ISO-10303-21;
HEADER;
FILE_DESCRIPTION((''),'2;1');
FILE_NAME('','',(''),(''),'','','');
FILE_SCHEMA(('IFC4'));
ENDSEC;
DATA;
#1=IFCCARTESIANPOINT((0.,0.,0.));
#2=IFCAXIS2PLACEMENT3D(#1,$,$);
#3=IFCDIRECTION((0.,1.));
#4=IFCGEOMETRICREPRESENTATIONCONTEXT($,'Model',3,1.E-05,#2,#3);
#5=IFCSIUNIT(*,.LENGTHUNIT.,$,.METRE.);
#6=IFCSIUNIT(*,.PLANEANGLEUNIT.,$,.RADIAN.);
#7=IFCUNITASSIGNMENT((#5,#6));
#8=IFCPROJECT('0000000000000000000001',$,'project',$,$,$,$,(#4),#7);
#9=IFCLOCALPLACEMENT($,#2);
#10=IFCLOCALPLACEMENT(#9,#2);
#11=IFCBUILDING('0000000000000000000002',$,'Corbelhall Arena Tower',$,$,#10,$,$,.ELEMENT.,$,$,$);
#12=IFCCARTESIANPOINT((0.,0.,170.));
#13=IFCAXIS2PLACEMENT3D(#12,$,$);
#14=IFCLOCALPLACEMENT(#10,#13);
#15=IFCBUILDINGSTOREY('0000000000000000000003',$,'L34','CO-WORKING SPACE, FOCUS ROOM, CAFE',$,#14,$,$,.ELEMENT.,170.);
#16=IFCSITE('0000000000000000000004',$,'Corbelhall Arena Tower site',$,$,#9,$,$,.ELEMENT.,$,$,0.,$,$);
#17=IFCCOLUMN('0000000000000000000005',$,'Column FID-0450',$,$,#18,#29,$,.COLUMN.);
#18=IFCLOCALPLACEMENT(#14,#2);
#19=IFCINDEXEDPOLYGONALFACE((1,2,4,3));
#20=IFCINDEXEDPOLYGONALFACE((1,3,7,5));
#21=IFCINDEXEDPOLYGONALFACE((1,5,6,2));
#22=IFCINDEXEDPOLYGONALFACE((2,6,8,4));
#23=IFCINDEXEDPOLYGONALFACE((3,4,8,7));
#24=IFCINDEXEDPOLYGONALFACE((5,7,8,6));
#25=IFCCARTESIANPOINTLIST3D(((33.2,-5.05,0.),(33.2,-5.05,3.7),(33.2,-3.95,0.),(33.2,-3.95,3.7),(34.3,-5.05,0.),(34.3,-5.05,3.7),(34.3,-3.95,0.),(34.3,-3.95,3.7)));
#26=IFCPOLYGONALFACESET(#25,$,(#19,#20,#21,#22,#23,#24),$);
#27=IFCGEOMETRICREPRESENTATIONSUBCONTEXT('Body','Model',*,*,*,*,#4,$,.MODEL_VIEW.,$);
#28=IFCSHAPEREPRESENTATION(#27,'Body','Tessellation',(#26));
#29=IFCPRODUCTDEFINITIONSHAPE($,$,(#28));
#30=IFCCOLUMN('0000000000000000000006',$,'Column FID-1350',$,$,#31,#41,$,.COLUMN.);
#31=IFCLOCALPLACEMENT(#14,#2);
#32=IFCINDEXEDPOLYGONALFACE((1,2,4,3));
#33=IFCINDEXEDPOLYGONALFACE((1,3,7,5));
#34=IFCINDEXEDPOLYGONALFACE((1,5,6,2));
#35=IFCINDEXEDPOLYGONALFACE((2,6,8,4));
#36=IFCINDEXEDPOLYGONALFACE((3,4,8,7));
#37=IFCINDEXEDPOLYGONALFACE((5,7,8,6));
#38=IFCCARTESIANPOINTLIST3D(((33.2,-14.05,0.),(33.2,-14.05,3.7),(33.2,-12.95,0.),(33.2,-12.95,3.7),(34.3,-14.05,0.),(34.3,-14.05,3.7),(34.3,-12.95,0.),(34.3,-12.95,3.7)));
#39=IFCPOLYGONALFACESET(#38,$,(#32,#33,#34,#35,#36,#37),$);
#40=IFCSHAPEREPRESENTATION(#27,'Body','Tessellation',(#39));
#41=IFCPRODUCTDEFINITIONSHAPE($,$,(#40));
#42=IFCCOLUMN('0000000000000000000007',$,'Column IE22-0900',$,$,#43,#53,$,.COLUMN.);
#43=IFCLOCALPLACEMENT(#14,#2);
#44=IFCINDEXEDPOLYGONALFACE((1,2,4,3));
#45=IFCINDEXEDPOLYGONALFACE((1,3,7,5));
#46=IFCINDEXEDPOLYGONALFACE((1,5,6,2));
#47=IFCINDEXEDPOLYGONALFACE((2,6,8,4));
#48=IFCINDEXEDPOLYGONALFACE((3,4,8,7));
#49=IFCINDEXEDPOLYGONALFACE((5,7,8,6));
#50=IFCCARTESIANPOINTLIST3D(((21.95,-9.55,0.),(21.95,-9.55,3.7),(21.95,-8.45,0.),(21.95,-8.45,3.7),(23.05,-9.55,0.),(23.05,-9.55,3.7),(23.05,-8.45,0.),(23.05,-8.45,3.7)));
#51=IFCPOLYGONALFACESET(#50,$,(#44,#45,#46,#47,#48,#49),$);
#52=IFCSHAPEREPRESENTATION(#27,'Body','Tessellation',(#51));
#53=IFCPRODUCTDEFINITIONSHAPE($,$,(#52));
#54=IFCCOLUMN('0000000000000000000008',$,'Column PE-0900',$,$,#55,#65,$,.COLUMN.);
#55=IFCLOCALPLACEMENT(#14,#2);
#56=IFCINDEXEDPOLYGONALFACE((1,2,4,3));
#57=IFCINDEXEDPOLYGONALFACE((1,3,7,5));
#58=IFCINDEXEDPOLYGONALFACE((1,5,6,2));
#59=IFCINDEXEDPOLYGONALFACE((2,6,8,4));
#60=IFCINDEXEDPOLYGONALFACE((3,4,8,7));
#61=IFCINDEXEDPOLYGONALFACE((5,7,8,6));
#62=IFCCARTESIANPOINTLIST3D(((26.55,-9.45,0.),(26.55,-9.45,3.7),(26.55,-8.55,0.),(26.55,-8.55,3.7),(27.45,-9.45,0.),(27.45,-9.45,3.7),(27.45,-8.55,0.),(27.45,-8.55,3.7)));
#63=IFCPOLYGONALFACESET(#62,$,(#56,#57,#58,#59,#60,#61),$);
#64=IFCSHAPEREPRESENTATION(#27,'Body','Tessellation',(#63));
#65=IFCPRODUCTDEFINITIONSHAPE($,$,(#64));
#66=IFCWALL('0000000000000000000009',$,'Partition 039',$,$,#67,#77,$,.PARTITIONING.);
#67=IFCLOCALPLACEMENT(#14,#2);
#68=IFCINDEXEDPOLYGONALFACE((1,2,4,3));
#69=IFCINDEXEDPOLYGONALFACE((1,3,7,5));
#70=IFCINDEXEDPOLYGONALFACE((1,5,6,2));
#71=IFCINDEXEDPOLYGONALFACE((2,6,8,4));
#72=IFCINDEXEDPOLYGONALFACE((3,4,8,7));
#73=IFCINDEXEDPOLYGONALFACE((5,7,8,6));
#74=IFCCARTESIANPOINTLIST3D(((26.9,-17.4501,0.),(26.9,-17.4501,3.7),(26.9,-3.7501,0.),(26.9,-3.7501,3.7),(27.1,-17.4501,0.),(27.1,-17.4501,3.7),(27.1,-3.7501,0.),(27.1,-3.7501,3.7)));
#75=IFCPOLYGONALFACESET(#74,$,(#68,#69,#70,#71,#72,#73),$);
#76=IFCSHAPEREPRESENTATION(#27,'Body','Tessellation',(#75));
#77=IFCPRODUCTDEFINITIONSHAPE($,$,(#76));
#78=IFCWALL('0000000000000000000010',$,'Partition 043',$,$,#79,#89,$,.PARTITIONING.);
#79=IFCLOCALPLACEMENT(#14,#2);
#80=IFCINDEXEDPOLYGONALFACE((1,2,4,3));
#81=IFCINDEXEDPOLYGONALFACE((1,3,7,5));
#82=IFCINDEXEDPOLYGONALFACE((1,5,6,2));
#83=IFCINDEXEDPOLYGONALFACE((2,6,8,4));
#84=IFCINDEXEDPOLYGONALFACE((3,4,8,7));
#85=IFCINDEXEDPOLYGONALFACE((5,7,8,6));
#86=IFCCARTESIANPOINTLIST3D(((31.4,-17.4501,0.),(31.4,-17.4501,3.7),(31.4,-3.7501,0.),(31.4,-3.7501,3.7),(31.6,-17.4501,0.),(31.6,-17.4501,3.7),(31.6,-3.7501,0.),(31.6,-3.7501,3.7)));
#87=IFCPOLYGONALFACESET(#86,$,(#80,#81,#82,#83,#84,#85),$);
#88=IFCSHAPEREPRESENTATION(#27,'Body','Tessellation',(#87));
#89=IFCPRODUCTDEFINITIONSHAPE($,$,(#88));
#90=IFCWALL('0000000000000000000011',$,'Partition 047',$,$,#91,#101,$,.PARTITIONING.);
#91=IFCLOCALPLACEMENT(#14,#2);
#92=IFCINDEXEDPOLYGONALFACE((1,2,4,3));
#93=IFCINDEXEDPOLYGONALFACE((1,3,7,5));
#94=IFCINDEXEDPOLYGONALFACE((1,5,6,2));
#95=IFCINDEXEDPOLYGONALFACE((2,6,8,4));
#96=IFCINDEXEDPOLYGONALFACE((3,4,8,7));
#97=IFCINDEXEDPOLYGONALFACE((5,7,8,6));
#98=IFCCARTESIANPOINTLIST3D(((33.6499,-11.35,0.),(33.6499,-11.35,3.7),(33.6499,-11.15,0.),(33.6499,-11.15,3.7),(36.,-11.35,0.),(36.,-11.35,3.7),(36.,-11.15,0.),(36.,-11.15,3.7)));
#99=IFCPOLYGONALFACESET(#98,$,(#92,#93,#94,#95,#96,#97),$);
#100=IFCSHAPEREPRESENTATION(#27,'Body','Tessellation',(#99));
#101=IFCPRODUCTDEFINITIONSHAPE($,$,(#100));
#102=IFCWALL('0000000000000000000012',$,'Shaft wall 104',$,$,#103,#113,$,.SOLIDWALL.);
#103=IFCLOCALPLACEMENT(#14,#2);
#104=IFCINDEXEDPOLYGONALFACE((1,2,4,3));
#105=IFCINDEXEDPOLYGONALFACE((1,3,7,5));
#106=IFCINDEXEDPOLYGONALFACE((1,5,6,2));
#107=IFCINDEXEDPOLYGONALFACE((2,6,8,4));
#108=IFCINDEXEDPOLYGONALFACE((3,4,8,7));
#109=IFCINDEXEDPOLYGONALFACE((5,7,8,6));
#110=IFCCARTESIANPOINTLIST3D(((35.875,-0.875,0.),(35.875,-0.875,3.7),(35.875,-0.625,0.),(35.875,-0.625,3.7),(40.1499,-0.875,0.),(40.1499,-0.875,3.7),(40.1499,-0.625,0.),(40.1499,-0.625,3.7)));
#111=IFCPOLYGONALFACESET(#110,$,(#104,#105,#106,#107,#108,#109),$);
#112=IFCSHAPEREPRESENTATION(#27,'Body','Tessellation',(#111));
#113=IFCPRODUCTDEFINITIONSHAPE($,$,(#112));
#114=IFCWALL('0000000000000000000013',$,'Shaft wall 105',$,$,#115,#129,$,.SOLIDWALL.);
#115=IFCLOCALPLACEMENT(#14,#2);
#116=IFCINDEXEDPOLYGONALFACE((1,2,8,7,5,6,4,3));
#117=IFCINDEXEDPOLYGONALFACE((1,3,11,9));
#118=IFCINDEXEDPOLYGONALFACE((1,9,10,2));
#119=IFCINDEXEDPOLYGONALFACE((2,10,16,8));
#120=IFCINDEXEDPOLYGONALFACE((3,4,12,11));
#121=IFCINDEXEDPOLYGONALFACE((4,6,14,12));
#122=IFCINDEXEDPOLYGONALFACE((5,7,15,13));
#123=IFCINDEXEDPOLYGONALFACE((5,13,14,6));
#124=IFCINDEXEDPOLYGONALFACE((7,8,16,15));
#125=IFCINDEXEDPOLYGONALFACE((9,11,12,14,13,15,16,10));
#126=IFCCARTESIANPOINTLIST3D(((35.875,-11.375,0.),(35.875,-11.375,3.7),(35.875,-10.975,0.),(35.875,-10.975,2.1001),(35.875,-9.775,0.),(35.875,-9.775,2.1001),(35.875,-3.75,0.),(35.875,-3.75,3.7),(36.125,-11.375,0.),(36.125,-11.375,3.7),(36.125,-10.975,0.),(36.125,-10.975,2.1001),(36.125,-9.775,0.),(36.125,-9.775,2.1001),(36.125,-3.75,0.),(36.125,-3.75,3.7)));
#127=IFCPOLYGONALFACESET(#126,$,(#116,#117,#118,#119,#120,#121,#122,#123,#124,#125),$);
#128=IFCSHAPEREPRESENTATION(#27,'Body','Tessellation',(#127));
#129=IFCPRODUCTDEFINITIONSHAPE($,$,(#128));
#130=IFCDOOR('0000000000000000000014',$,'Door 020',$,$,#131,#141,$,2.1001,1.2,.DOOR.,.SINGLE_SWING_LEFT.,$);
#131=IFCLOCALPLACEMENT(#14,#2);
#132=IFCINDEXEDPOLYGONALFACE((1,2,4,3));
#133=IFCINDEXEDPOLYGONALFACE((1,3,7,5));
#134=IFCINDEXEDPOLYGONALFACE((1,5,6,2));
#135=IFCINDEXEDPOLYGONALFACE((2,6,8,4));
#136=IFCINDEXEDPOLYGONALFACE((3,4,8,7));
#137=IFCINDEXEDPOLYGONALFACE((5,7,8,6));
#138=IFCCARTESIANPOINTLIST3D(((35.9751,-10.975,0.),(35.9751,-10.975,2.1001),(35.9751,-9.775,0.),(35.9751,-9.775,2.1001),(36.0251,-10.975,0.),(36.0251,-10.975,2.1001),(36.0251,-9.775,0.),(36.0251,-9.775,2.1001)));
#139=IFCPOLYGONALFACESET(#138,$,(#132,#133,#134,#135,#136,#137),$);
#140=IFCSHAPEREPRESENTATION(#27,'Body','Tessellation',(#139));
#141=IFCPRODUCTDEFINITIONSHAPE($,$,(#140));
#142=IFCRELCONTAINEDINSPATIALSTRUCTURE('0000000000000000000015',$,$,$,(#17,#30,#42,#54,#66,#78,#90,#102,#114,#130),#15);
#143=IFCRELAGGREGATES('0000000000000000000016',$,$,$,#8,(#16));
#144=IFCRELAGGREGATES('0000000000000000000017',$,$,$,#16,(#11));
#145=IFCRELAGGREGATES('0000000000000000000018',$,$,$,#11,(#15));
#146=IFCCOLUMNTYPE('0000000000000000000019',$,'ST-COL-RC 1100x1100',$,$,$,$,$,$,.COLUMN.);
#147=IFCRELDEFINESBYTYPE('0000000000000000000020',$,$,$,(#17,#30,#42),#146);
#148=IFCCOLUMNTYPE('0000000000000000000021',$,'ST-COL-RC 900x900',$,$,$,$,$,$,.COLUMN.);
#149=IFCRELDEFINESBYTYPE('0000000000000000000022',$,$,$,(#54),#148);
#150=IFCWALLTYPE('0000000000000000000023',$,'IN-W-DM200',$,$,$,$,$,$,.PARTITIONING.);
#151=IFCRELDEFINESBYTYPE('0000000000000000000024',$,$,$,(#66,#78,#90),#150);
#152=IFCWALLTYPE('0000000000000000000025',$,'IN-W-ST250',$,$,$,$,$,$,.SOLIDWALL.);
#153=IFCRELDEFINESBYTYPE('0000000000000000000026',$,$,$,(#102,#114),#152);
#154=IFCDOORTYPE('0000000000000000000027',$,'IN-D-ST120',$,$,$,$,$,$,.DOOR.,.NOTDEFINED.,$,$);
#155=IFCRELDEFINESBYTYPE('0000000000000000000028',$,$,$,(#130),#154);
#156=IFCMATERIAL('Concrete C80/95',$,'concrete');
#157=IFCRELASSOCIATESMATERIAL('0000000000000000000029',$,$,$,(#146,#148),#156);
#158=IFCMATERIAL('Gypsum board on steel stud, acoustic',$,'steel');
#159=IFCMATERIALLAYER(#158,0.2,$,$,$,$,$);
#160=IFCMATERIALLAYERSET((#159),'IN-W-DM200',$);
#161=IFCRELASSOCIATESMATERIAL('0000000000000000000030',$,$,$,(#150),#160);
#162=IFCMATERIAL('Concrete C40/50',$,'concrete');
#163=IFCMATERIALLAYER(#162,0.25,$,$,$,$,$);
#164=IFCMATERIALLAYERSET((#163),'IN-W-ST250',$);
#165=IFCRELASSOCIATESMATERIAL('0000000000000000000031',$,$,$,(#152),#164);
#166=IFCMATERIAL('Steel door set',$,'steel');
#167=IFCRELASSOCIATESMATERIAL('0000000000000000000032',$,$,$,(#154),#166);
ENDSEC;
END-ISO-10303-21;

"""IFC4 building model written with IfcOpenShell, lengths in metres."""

from ifc_helpers import new_model, si_unit, direction, frame, frame_2d, origin, origin_2d, place, context, subcontext, project, spatial, rectangle, extrude, material, layer, layer_set, material_profile, profile_set, type_object, element, fill, save


model = new_model("IFC4")

# Units and contexts
model_context = context("Model", 3, precision=1e-05, world=origin(), true_north=direction((0.0, 1.0)))
body_context = subcontext(model_context, "Body", "Model", "MODEL_VIEW")
ifc_project = project(units=[si_unit("LENGTHUNIT", "METRE"), si_unit("PLANEANGLEUNIT", "RADIAN")], contexts=[model_context])

# Site, building, storey
site_placement = place(None, origin())
site = spatial("IfcSite", under=ifc_project, at=site_placement, Name="Corbelhall Arena Tower site", CompositionType="ELEMENT", RefElevation=0.0)
building_placement = place(site_placement, origin())
building = spatial("IfcBuilding", under=site, at=building_placement, Name="Corbelhall Arena Tower", CompositionType="ELEMENT")
storey_placement = place(building_placement, frame((0.0, 0.0, 170.0)))
storey = spatial("IfcBuildingStorey", under=building, at=storey_placement, Name="L34", Description="CO-WORKING SPACE, FOCUS ROOM, CAFE", CompositionType="ELEMENT", Elevation=170.0)

# Columns
ifc_material_1 = material(Name="Concrete C80/95", Category="concrete")
ifc_material_profile_1 = material_profile(ifc_material_1, rectangle(XDim=1.1001, YDim=1.1001, at=origin_2d()))
ifc_profile_set_1 = profile_set([ifc_material_profile_1], Name="Concrete C80/95")
column_type_1 = type_object("IfcColumnType", Name="ST-COL-RC 1100x1100", PredefinedType="COLUMN", material=ifc_profile_set_1)
for number, where, z_axis, x_axis, name in (
    (1, (33.75, -4.5, 0.0), (0.0, 0.0, 1.0), (1.0, 0.0, 0.0), "Column FID-0450"),
    (2, (33.75, -13.5, 0.0), (0.0, 0.0, 1.0), (1.0, 0.0, 0.0), "Column FID-1350"),
    (3, (22.5, -9.0, 0.0), (0.0, 0.0, 1.0), (1.0, 0.0, 0.0), "Column IE22-0900"),
):
    element("IfcColumn", number, at=place(storey_placement, frame(where, z_axis=z_axis, x_axis=x_axis)), inside=storey, type_object=column_type_1, Name=name, PredefinedType="COLUMN", context=body_context, shape_type="SweptSolid", body=[
        extrude(rectangle(XDim=1.1001, YDim=1.1001, at=origin_2d()), origin(), (0.0, 0.0, 1.0), 3.7),
    ])
ifc_material_profile_2 = material_profile(ifc_material_1, rectangle(XDim=0.8999, YDim=0.8999, at=origin_2d()))
ifc_profile_set_2 = profile_set([ifc_material_profile_2], Name="Concrete C80/95")
column_type_2 = type_object("IfcColumnType", Name="ST-COL-RC 900x900", PredefinedType="COLUMN", material=ifc_profile_set_2)
column_placement = place(storey_placement, frame((27.0, -9.0, 0.0), z_axis=(0.0, 0.0, 1.0), x_axis=(1.0, 0.0, 0.0)))
element("IfcColumn", 4, at=column_placement, inside=storey, type_object=column_type_2, Name="Column PE-0900", PredefinedType="COLUMN", context=body_context, shape_type="SweptSolid", body=[
    extrude(rectangle(XDim=0.8999, YDim=0.8999, at=origin_2d()), origin(), (0.0, 0.0, 1.0), 3.7),
])

# Shared definitions
ifc_material_2 = material(Name="Gypsum board on steel stud, acoustic", Category="steel")
ifc_layer_1 = layer(ifc_material_2, 0.2)
ifc_layer_set_1 = layer_set([ifc_layer_1], Name="IN-W-DM200")
wall_type_1 = type_object("IfcWallType", Name="IN-W-DM200", PredefinedType="PARTITIONING", material=ifc_layer_set_1)
ifc_material_3 = material(Name="Steel door set", Category="steel")

# Wall
wall_1_placement = place(storey_placement, frame((27.0, -3.75, 0.0), z_axis=(0.0, 0.0, 1.0), x_axis=(0.0, -1.0, 0.0)))
element("IfcWall", 5, at=wall_1_placement, inside=storey, type_object=wall_type_1, Name="Partition 039", PredefinedType="PARTITIONING", context=body_context, shape_type="SweptSolid", body=[
    extrude(rectangle(XDim=13.7, YDim=0.2, at=frame_2d((6.8501, 0.0))), origin(), (0.0, 0.0, 1.0), 3.7),
])

# Wall
wall_2_placement = place(storey_placement, frame((31.5, -3.75, 0.0), z_axis=(0.0, 0.0, 1.0), x_axis=(0.0, -1.0, 0.0)))
element("IfcWall", 6, at=wall_2_placement, inside=storey, type_object=wall_type_1, Name="Partition 043", PredefinedType="PARTITIONING", context=body_context, shape_type="SweptSolid", body=[
    extrude(rectangle(XDim=13.7, YDim=0.2, at=frame_2d((6.8501, 0.0))), origin(), (0.0, 0.0, 1.0), 3.7),
])

# Walls
wall_3_placement = place(storey_placement, frame((36.0, -11.25, 0.0), z_axis=(0.0, 0.0, 1.0), x_axis=(-1.0, 0.0, 0.0)))
element("IfcWall", 7, at=wall_3_placement, inside=storey, type_object=wall_type_1, Name="Partition 047", PredefinedType="PARTITIONING", context=body_context, shape_type="SweptSolid", body=[
    extrude(rectangle(XDim=2.3501, YDim=0.2, at=frame_2d((1.175, 0.0))), origin(), (0.0, 0.0, 1.0), 3.7),
])
ifc_material_4 = material(Name="Concrete C40/50", Category="concrete")
ifc_layer_2 = layer(ifc_material_4, 0.25)
ifc_layer_set_2 = layer_set([ifc_layer_2], Name="IN-W-ST250")
wall_type_2 = type_object("IfcWallType", Name="IN-W-ST250", PredefinedType="SOLIDWALL", material=ifc_layer_set_2)
wall_4_placement = place(storey_placement, frame((35.875, -0.75, 0.0), z_axis=(0.0, 0.0, 1.0), x_axis=(1.0, 0.0, 0.0)))
element("IfcWall", 8, at=wall_4_placement, inside=storey, type_object=wall_type_2, Name="Shaft wall 104", PredefinedType="SOLIDWALL", context=body_context, shape_type="SweptSolid", body=[
    extrude(rectangle(XDim=4.2749, YDim=0.25, at=frame_2d((2.1375, 0.0))), origin(), (0.0, 0.0, 1.0), 3.7),
])

# Wall, opening, door
wall_5_placement = place(storey_placement, frame((36.0, -11.375, 0.0), z_axis=(0.0, 0.0, 1.0), x_axis=(0.0, 1.0, 0.0)))
wall_5 = element("IfcWall", 9, at=wall_5_placement, inside=storey, type_object=wall_type_2, Name="Shaft wall 105", PredefinedType="SOLIDWALL", context=body_context, shape_type="SweptSolid", body=[
    extrude(rectangle(XDim=7.625, YDim=0.25, at=frame_2d((3.8125, 0.0))), origin(), (0.0, 0.0, 1.0), 3.7),
])
opening_1_placement = place(wall_5_placement, frame((0.3999, 0.0, 0.0)))
opening_1 = element("IfcOpeningElement", 10, at=opening_1_placement, cuts=wall_5, PredefinedType="OPENING", context=body_context, shape_type="SweptSolid", body=[
    extrude(rectangle(XDim=1.2, YDim=2.1001, at=frame_2d((0.6001, 1.05))), frame((0.0, 0.125, 0.0), z_axis=(0.0, -1.0, 0.0), x_axis=(1.0, 0.0, 0.0)), (0.0, 0.0, 1.0), 0.25),
])
door_type_1 = type_object("IfcDoorType", Name="IN-D-ST120", OperationType="NOTDEFINED", PredefinedType="DOOR", material=ifc_material_3)
door_1_placement = place(opening_1_placement, origin())
door_1 = element("IfcDoor", 11, at=door_1_placement, inside=storey, type_object=door_type_1, Name="Door 020", OperationType="SINGLE_SWING_LEFT", OverallHeight=2.1001, OverallWidth=1.2, PredefinedType="DOOR", context=body_context, shape_type="SweptSolid", body=[
    extrude(rectangle(XDim=1.2, YDim=2.1001, at=frame_2d((0.6001, 1.05))), frame((0.0, 0.0249, 0.0), z_axis=(0.0, -1.0, 0.0), x_axis=(1.0, 0.0, 0.0)), (0.0, 0.0, 1.0), 0.05),
])
fill(opening_1, door_1)

save(model, "model.ifc")
